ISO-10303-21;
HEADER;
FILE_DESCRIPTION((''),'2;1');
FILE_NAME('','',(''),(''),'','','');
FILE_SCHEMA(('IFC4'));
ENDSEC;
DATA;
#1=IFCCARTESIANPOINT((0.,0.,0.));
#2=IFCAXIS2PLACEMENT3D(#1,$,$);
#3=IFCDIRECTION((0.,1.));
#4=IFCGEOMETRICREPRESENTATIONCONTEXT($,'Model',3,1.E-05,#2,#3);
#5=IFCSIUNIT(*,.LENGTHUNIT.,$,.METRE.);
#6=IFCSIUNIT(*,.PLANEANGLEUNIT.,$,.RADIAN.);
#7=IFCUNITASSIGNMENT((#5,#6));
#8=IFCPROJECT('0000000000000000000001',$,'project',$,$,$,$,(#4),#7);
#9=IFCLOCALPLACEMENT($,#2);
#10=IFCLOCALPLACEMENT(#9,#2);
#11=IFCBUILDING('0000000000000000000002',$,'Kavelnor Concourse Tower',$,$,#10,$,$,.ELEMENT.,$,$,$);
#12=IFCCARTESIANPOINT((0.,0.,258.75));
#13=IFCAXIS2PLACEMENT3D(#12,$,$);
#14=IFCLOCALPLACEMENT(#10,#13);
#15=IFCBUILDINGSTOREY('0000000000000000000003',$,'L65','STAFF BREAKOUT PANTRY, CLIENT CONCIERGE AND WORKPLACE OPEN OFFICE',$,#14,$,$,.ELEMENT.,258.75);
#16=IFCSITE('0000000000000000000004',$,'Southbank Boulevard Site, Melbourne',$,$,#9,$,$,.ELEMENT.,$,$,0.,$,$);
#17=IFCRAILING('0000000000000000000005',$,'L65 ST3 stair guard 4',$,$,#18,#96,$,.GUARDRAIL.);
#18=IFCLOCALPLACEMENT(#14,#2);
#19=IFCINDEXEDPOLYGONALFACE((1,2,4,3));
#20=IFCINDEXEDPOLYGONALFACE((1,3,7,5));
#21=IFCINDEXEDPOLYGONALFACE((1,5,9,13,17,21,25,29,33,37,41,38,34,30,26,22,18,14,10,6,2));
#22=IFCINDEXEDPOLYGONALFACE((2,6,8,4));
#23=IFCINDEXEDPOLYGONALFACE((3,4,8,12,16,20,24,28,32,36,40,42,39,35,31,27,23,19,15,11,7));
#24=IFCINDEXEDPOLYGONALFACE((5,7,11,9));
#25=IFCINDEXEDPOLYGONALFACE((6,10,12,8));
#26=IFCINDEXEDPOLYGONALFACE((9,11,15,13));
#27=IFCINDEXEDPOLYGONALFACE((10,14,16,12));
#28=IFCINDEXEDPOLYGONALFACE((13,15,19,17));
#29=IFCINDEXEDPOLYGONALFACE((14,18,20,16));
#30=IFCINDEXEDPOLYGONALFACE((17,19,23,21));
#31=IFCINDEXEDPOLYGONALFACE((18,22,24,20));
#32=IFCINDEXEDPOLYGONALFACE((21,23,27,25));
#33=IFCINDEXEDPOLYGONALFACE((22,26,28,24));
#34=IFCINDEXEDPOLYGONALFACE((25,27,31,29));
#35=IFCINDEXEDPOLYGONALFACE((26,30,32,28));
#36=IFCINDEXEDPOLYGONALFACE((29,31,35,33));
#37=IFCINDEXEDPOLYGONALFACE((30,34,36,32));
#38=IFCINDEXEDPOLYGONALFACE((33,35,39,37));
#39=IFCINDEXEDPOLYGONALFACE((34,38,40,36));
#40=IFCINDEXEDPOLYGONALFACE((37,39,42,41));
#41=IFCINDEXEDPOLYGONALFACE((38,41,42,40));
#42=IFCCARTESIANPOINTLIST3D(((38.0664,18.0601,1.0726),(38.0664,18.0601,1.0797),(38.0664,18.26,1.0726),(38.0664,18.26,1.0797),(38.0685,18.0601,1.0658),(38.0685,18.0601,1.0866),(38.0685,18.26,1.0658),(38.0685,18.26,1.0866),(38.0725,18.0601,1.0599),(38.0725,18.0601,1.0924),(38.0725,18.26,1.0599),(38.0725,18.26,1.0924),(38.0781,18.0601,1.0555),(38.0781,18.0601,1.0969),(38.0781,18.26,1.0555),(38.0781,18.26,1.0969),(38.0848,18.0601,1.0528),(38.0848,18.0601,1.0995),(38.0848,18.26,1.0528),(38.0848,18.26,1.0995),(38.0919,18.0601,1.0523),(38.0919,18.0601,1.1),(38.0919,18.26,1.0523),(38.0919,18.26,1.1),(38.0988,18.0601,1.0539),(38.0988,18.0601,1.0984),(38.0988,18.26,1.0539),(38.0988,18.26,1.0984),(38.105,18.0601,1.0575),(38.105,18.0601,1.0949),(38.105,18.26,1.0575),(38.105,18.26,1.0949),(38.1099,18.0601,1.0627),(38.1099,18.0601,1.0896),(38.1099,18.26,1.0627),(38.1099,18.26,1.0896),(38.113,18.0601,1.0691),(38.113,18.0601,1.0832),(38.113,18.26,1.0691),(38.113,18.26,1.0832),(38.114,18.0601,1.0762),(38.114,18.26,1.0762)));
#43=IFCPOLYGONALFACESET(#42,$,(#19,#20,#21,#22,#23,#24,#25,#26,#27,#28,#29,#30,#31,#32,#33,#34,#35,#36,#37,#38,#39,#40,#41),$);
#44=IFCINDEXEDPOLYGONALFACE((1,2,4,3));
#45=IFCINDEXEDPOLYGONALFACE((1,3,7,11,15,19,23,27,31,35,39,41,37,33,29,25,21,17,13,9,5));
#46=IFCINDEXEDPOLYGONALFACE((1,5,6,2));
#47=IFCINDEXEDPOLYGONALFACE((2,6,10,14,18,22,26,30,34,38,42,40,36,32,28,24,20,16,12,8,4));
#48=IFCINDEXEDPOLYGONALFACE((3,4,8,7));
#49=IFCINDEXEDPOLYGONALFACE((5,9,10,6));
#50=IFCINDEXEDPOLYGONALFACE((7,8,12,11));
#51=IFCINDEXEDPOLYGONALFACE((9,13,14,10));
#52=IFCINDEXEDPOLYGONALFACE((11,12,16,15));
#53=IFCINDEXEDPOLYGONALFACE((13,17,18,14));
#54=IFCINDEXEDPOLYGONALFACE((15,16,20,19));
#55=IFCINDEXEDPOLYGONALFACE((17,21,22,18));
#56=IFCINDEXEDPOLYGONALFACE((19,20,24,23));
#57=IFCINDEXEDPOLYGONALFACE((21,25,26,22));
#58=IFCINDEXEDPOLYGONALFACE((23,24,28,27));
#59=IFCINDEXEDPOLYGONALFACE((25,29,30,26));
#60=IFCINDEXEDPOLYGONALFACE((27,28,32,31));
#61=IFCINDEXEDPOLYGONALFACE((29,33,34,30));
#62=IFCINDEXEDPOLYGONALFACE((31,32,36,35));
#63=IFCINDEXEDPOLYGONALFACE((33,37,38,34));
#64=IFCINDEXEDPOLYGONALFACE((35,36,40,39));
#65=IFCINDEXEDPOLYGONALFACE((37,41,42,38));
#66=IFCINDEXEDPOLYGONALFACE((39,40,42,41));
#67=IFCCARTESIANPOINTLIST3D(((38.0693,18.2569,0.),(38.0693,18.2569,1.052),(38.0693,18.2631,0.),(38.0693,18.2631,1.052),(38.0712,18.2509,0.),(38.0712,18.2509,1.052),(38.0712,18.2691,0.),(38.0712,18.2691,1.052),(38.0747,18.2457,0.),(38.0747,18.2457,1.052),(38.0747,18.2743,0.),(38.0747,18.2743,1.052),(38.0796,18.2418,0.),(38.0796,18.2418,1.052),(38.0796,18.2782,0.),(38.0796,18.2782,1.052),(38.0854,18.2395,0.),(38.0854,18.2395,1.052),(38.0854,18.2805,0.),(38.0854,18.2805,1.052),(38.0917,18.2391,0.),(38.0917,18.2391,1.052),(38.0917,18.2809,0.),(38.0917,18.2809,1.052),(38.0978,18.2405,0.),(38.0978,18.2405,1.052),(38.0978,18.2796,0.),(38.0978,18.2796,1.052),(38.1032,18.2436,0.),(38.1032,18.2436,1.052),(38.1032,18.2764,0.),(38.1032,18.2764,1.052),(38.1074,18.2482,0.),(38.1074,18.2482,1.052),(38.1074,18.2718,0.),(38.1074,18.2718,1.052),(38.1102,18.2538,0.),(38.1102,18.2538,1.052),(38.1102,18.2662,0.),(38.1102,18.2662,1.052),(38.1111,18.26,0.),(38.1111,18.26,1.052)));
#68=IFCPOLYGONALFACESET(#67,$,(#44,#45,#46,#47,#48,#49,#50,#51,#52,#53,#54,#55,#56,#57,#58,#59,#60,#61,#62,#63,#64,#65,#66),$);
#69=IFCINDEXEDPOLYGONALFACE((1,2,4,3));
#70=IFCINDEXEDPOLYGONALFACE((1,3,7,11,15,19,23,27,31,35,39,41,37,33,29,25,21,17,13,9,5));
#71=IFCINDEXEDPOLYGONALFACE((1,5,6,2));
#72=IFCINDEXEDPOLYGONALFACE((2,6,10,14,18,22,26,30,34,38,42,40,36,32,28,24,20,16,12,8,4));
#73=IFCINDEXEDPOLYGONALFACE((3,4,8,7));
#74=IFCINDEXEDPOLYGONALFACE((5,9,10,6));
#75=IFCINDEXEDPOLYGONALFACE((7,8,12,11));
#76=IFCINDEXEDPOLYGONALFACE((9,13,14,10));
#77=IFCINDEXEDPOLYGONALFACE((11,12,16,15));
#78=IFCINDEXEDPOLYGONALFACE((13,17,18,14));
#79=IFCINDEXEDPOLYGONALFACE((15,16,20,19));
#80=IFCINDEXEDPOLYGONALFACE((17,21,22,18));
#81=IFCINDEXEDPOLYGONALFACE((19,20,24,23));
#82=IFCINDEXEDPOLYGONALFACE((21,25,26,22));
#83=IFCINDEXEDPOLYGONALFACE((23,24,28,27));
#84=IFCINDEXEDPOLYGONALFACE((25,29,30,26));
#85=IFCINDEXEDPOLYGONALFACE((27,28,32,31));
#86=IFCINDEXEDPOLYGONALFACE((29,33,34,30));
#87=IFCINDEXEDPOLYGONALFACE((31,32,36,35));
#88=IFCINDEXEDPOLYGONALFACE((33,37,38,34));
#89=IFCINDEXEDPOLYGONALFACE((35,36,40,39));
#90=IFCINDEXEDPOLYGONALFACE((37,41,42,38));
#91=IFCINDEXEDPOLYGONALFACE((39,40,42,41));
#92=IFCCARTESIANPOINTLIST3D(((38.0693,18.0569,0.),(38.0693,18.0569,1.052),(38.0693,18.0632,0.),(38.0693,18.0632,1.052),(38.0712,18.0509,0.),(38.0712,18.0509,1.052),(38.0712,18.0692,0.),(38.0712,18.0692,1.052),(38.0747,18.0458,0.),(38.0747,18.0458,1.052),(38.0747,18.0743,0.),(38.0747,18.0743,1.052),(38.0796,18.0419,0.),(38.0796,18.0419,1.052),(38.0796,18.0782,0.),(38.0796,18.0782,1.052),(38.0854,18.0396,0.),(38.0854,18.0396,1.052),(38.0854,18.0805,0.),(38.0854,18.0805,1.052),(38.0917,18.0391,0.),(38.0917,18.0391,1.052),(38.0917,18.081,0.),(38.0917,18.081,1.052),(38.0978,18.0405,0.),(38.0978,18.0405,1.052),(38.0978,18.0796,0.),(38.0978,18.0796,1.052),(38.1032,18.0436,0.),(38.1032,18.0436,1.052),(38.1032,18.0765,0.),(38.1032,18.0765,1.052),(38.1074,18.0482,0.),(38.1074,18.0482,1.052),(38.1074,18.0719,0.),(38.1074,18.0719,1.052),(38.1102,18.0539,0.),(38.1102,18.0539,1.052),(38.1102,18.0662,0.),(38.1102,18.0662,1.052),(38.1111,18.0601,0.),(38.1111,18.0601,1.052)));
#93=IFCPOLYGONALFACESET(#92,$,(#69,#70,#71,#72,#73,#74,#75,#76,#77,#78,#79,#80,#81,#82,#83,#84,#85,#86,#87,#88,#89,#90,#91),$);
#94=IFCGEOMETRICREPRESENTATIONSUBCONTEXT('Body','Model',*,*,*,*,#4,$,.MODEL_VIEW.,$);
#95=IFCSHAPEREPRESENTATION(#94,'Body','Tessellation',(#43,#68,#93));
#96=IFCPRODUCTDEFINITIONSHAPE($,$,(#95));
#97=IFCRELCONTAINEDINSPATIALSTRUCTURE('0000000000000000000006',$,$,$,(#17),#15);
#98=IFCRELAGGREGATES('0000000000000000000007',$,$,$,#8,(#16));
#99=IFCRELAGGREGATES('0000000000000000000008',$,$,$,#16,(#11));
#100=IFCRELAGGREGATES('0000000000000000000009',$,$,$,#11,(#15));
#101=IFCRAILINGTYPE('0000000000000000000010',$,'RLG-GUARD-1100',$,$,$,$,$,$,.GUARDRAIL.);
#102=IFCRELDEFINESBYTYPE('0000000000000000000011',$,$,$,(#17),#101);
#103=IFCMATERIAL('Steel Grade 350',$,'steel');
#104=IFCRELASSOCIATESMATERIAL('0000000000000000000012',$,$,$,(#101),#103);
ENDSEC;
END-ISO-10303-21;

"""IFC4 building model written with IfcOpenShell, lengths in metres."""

from ifc_helpers import new_model, si_unit, direction, frame, origin, origin_2d, place, context, subcontext, project, spatial, circle, extrude, material, type_object, element, save


model = new_model("IFC4")

# Units and contexts
model_context = context("Model", 3, precision=1e-05, world=origin(), true_north=direction((0.0, 1.0)))
body_context = subcontext(model_context, "Body", "Model", "MODEL_VIEW")
ifc_project = project(units=[si_unit("LENGTHUNIT", "METRE"), si_unit("PLANEANGLEUNIT", "RADIAN")], contexts=[model_context])

# Site, building, storey
site_placement = place(None, origin())
site = spatial("IfcSite", under=ifc_project, at=site_placement, Name="Southbank Boulevard Site, Melbourne", CompositionType="ELEMENT", RefElevation=0.0)
building_placement = place(site_placement, origin())
building = spatial("IfcBuilding", under=site, at=building_placement, Name="Kavelnor Concourse Tower", CompositionType="ELEMENT")
storey_placement = place(building_placement, frame((0.0, 0.0, 258.75)))
storey = spatial("IfcBuildingStorey", under=building, at=storey_placement, Name="L65", Description="STAFF BREAKOUT PANTRY, CLIENT CONCIERGE AND WORKPLACE OPEN OFFICE", CompositionType="ELEMENT", Elevation=258.75)

# Shared definitions
ifc_material_1 = material(Name="Steel Grade 350", Category="steel")

# Railing
railing_type_1 = type_object("IfcRailingType", Name="RLG-GUARD-1100", PredefinedType="GUARDRAIL", material=ifc_material_1)
railing_1_placement = place(storey_placement, frame((38.0901, 18.26, 0.0)))
element("IfcRailing", 1, at=railing_1_placement, inside=storey, type_object=railing_type_1, Name="L65 ST3 stair guard 4", PredefinedType="GUARDRAIL", context=body_context, shape_type="SweptSolid", body=[
    extrude(circle(Radius=0.0239, at=origin_2d()), frame((0.0, 0.0, 1.0762), z_axis=(0.0, -1.0, 0.0), x_axis=(1.0, 0.0, 0.0)), (0.0, 0.0, 1.0), 0.2),
    extrude(circle(Radius=0.021, at=origin_2d()), origin(), (0.0, 0.0, 1.0), 1.052),
    extrude(circle(Radius=0.021, at=origin_2d()), frame((0.0, -0.2, 0.0)), (0.0, 0.0, 1.0), 1.052),
])

save(model, "model.ifc")
